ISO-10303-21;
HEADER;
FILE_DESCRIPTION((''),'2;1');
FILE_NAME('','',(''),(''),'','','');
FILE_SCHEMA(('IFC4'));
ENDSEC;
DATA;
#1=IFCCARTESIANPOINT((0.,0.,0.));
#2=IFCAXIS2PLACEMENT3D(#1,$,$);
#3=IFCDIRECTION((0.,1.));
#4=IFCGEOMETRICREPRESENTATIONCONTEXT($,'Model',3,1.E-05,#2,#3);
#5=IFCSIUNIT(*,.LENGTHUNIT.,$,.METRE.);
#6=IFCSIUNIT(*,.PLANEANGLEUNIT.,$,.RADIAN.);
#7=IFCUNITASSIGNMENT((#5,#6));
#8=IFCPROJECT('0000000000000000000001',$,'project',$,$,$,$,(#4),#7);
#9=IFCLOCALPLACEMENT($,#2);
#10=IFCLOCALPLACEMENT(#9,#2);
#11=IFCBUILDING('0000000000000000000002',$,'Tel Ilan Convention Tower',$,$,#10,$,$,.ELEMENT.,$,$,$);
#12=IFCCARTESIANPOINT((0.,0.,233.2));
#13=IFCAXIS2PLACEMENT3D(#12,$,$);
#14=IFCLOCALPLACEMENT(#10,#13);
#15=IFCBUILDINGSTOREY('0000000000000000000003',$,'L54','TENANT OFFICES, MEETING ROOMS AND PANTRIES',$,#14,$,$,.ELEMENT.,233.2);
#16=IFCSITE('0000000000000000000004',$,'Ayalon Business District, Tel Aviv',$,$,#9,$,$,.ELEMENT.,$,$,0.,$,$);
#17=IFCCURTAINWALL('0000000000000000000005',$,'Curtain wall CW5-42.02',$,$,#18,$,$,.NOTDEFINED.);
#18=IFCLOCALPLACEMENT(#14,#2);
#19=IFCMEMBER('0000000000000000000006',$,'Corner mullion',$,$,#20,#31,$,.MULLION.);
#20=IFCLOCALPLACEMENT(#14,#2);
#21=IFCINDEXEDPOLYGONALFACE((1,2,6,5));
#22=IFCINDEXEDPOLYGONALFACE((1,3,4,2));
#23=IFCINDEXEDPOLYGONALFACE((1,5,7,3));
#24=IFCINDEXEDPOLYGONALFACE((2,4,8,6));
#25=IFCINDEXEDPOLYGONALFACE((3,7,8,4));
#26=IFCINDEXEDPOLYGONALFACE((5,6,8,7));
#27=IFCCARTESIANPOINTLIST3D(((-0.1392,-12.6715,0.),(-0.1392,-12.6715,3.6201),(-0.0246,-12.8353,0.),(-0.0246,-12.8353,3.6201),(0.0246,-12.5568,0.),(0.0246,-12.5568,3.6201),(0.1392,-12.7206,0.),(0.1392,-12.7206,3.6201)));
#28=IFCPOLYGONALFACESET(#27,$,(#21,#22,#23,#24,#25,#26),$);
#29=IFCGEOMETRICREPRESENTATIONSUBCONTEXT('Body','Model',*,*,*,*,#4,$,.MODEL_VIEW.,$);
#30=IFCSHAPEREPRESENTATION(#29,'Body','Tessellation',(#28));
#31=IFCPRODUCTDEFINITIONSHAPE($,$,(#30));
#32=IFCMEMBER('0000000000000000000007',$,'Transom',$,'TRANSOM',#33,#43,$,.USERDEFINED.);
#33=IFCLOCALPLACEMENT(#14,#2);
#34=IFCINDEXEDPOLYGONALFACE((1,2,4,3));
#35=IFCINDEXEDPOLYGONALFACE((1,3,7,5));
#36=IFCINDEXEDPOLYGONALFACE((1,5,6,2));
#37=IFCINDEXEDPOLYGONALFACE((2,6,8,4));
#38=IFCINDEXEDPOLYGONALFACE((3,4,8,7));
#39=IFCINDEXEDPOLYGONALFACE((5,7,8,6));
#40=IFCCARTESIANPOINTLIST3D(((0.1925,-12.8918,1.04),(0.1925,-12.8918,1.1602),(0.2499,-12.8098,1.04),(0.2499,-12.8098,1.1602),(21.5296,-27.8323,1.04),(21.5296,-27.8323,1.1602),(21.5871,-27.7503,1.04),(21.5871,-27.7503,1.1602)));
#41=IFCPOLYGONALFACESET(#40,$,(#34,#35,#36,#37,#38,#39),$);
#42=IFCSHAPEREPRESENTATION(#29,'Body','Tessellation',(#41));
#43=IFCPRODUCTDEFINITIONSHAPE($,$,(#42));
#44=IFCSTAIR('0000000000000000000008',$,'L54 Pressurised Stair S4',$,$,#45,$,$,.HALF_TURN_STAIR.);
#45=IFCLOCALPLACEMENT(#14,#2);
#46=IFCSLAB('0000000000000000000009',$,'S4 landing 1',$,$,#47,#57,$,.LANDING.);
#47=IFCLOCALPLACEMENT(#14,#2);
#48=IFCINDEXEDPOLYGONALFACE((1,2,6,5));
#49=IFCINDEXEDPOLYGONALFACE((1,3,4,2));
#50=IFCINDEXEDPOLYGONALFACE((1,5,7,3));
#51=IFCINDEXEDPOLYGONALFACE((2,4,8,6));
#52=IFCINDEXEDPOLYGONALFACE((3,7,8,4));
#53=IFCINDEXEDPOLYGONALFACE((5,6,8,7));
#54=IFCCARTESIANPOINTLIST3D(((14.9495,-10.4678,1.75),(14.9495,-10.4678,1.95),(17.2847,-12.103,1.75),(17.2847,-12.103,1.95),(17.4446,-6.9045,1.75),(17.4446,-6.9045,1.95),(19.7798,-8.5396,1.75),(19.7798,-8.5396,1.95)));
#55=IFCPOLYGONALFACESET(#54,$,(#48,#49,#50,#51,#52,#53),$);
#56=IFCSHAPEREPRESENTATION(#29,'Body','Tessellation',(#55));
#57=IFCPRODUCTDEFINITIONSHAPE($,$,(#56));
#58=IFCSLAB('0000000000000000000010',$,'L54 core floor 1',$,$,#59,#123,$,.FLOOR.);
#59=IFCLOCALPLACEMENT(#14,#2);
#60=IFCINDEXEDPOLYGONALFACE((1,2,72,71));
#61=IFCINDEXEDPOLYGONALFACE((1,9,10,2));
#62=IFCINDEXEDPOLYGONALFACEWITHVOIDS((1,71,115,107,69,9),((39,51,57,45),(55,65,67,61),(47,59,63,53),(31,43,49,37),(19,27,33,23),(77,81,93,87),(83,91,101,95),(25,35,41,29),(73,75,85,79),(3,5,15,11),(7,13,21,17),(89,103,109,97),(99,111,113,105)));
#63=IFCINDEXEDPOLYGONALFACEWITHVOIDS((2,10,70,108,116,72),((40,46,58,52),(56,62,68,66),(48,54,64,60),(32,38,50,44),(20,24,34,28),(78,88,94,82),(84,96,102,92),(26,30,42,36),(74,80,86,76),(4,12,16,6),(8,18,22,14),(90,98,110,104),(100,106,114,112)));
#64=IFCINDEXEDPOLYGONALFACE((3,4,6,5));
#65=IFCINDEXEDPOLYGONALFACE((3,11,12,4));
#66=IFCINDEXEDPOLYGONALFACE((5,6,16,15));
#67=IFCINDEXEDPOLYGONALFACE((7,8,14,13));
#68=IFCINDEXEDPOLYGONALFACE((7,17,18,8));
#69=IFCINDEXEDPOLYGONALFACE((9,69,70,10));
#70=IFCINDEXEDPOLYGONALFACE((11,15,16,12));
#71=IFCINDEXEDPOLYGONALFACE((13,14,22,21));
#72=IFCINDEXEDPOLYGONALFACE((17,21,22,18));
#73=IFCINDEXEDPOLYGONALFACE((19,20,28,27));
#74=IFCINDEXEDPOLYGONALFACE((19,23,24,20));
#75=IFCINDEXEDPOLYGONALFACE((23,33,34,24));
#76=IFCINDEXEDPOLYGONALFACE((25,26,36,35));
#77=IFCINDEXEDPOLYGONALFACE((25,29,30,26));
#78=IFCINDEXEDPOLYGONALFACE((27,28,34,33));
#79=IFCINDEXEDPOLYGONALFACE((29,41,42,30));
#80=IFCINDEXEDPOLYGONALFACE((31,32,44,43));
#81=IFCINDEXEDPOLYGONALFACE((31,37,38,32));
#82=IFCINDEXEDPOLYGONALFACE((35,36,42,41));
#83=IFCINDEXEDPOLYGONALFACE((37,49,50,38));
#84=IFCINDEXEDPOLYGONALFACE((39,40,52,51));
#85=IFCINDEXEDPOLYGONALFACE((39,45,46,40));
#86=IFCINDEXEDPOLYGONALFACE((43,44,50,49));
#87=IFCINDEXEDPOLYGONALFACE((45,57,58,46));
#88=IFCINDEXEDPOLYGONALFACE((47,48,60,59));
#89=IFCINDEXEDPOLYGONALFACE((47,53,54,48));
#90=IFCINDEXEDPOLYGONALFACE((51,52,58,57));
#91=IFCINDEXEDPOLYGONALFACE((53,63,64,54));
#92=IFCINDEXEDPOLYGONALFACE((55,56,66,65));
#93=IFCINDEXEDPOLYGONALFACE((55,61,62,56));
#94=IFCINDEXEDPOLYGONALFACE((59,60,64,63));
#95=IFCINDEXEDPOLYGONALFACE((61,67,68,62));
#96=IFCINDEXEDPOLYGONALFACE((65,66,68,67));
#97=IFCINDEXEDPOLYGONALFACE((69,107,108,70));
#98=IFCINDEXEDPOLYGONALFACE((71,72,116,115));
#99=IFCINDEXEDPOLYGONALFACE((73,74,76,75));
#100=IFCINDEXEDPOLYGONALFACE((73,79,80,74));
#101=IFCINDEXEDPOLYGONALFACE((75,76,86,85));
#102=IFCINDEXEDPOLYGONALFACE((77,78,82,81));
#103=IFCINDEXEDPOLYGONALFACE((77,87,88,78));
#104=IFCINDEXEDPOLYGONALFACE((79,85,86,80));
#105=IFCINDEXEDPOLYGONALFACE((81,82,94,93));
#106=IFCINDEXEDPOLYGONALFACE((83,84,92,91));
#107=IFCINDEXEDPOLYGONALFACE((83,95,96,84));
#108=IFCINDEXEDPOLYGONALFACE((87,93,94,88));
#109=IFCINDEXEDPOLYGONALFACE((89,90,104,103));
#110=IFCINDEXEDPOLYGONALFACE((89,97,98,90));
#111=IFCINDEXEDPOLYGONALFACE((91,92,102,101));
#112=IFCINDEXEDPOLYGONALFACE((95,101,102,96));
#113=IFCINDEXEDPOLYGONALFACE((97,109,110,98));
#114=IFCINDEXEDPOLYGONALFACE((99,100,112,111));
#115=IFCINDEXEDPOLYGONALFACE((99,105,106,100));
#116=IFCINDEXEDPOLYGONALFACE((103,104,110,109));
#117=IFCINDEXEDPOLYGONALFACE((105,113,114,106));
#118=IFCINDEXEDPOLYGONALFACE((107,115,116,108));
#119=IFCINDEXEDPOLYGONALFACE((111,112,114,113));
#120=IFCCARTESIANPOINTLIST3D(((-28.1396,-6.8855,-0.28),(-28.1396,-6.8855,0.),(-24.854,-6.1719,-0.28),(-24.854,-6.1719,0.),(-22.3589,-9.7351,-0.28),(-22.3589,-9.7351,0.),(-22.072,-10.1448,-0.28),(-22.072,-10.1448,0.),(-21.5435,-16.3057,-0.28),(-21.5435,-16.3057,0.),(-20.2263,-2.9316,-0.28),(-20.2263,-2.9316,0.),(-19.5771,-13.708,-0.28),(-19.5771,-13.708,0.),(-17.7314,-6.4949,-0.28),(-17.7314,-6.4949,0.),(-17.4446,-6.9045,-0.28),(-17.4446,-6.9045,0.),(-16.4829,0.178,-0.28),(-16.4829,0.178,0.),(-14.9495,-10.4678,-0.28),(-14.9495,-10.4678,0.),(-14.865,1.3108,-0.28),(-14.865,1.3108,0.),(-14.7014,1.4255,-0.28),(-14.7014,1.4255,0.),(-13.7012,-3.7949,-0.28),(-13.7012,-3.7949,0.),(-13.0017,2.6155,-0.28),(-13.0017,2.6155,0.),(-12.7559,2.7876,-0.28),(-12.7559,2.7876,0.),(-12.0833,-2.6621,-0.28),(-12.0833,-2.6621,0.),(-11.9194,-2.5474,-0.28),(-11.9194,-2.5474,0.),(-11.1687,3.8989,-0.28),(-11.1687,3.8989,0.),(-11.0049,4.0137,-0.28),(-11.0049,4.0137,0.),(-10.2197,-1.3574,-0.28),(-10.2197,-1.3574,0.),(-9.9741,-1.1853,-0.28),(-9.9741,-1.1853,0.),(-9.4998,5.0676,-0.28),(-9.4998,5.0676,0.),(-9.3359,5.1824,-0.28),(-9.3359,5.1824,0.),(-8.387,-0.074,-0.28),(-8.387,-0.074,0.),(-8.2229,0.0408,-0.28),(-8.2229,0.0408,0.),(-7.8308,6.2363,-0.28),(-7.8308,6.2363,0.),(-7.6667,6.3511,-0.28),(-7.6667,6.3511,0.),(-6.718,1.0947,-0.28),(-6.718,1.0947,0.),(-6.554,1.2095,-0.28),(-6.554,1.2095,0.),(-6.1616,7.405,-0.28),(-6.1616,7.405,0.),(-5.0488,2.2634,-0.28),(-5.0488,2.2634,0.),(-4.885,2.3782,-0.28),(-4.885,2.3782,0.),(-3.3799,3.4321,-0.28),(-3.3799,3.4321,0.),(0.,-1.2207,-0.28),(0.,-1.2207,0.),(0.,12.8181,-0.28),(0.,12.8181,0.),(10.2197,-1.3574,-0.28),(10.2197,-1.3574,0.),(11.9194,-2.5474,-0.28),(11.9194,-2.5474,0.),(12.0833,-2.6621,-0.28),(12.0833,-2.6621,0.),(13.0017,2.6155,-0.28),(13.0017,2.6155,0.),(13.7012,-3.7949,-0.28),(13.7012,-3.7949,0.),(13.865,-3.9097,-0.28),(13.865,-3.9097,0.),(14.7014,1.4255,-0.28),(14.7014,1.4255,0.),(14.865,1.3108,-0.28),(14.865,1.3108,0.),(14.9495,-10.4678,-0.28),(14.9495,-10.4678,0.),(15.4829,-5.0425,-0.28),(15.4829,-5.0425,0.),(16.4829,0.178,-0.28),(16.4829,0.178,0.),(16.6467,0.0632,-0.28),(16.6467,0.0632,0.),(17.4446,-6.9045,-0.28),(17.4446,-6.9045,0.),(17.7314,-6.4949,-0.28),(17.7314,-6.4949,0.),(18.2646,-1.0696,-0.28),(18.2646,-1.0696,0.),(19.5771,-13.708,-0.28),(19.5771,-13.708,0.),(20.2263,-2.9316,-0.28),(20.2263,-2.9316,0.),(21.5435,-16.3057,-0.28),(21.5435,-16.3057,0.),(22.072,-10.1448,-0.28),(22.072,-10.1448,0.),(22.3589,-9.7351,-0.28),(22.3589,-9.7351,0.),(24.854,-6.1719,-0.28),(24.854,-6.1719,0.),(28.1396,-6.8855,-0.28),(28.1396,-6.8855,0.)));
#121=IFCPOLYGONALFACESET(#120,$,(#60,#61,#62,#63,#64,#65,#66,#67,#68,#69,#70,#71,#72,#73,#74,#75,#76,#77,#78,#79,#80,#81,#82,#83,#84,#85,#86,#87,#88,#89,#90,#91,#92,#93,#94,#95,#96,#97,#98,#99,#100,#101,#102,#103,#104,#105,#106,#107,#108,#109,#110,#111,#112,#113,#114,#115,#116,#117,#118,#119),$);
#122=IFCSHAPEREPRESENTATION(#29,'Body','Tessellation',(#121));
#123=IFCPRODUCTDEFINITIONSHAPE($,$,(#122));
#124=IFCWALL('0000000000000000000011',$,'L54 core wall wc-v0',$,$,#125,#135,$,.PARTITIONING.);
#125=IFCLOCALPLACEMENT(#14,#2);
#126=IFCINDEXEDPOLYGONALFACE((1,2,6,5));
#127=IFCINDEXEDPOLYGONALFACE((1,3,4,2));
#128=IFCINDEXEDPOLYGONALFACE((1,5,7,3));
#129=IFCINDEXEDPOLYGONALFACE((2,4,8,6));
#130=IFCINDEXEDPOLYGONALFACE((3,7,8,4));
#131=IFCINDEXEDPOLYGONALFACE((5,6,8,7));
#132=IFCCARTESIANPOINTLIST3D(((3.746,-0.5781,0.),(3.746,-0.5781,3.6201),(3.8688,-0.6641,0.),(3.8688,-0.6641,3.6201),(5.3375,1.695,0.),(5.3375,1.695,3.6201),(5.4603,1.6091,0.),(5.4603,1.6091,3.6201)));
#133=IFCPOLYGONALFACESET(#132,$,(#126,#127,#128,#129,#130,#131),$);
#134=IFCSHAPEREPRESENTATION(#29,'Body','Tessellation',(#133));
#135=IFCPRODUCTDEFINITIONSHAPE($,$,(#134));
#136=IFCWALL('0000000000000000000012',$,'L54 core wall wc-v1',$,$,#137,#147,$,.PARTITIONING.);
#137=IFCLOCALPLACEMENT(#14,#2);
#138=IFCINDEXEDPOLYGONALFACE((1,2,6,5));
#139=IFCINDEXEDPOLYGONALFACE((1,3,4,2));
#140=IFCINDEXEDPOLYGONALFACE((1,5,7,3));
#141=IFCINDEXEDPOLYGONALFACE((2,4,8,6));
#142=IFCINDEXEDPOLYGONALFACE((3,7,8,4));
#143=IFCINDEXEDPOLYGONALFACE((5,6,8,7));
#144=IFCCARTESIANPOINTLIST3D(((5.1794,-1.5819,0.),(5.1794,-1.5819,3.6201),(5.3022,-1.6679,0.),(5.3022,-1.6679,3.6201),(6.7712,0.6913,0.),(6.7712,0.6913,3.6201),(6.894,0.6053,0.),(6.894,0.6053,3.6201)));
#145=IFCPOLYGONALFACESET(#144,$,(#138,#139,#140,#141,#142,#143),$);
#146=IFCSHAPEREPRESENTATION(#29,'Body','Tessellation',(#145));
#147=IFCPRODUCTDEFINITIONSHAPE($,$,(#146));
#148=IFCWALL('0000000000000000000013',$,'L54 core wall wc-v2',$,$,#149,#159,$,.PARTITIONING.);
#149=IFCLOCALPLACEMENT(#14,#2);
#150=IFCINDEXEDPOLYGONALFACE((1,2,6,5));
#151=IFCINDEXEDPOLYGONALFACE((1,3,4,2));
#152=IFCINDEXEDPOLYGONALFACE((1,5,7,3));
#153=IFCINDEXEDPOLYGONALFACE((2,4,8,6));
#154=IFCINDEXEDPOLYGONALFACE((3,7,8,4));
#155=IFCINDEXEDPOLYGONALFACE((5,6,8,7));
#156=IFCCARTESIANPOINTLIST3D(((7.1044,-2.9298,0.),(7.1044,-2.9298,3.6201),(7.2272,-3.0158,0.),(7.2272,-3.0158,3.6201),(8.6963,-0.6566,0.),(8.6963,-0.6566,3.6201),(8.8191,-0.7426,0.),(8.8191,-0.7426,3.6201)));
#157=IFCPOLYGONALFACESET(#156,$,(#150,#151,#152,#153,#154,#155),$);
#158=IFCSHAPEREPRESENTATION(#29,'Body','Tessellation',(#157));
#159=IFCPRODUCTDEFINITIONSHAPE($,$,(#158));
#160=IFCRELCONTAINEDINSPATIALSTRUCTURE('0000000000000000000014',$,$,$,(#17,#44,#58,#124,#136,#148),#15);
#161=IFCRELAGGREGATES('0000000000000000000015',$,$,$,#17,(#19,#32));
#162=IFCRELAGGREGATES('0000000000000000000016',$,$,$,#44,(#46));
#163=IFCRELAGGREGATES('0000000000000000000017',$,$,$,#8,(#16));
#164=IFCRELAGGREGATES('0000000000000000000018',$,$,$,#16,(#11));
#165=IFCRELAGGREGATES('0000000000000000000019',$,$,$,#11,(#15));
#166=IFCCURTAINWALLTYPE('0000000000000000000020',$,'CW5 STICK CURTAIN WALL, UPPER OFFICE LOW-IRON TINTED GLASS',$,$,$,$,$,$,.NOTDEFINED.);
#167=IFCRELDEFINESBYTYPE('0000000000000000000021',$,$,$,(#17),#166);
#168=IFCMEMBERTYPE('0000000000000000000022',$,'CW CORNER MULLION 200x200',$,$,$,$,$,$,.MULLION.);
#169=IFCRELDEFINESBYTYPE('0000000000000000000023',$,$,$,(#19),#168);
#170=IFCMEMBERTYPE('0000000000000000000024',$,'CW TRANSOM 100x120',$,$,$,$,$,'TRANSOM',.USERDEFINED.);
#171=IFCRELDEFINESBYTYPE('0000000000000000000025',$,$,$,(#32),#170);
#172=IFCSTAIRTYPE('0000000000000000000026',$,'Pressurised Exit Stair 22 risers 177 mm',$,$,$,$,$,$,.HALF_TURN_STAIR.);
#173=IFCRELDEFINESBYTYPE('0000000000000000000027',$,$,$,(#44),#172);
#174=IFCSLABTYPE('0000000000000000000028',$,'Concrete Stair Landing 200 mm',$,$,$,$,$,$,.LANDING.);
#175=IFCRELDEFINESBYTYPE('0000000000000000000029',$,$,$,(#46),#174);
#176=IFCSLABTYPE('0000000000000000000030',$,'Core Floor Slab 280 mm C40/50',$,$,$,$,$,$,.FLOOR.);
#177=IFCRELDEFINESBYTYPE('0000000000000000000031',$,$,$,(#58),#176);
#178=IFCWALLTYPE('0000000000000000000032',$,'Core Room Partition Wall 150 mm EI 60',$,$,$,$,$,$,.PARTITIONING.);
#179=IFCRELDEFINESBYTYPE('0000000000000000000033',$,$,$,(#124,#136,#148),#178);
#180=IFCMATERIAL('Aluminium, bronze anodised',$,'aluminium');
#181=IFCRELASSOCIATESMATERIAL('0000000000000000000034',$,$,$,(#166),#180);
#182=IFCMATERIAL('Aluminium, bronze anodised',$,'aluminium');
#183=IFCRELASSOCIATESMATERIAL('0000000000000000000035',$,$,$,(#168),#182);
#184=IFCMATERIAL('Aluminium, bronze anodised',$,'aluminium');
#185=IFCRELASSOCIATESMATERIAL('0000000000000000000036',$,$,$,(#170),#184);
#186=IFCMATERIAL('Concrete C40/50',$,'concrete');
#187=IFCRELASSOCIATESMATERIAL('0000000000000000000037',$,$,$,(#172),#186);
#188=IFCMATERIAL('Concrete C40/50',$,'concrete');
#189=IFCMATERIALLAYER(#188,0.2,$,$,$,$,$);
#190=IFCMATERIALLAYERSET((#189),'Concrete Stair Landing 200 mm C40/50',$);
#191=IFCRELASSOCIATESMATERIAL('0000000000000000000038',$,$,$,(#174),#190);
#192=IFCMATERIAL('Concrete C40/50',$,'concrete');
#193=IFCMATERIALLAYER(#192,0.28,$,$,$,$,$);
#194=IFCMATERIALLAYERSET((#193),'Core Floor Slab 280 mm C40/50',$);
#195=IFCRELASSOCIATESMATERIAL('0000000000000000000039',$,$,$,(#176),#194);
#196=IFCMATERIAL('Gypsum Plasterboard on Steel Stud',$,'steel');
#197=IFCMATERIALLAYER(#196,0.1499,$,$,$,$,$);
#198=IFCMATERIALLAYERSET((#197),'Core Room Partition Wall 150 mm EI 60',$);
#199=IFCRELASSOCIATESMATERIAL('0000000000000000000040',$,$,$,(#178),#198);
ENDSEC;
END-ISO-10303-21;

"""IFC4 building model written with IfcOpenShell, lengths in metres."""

from ifc_helpers import new_model, si_unit, direction, frame, frame_2d, origin, origin_2d, place, context, subcontext, project, spatial, polyline, rectangle, outline, extrude, material, layer, layer_set, material_profile, profile_set, type_object, element, aggregate, save


model = new_model("IFC4")

# Units and contexts
model_context = context("Model", 3, precision=1e-05, world=origin(), true_north=direction((0.0, 1.0)))
body_context = subcontext(model_context, "Body", "Model", "MODEL_VIEW")
ifc_project = project(units=[si_unit("LENGTHUNIT", "METRE"), si_unit("PLANEANGLEUNIT", "RADIAN")], contexts=[model_context])

# Site, building, storey
site_placement = place(None, origin())
site = spatial("IfcSite", under=ifc_project, at=site_placement, Name="Ayalon Business District, Tel Aviv", CompositionType="ELEMENT", RefElevation=0.0)
building_placement = place(site_placement, origin())
building = spatial("IfcBuilding", under=site, at=building_placement, Name="Tel Ilan Convention Tower", CompositionType="ELEMENT")
storey_placement = place(building_placement, frame((0.0, 0.0, 233.2)))
storey = spatial("IfcBuildingStorey", under=building, at=storey_placement, Name="L54", Description="TENANT OFFICES, MEETING ROOMS AND PANTRIES", CompositionType="ELEMENT", Elevation=233.2)

# Curtain wall, members
ifc_material_1 = material(Name="Aluminium, bronze anodised", Category="aluminium")
curtain_wall_type = type_object("IfcCurtainWallType", Name="CW5 STICK CURTAIN WALL, UPPER OFFICE LOW-IRON TINTED GLASS", PredefinedType="NOTDEFINED", material=ifc_material_1)
curtain_wall_placement = place(storey_placement, origin())
curtain_wall = element("IfcCurtainWall", 1, at=curtain_wall_placement, inside=storey, type_object=curtain_wall_type, Name="Curtain wall CW5-42.02", PredefinedType="NOTDEFINED")
ifc_material_2 = material(Name="Aluminium, bronze anodised", Category="aluminium")
ifc_material_profile_1 = material_profile(ifc_material_2, rectangle(XDim=0.2, YDim=0.2, at=origin_2d()), Name="CW CORNER MULLION 200x200")
ifc_profile_set_1 = profile_set([ifc_material_profile_1], Name="Aluminium, bronze anodised")
member_type_1 = type_object("IfcMemberType", Name="CW CORNER MULLION 200x200", PredefinedType="MULLION", material=ifc_profile_set_1)
member_1_placement = place(storey_placement, frame((0.0, -12.696, 0.0), z_axis=(0.0, 0.0, 1.0), x_axis=(0.819152, 0.573576, 0.0)))
member_1 = element("IfcMember", 2, at=member_1_placement, type_object=member_type_1, Name="Corner mullion", PredefinedType="MULLION", context=body_context, shape_type="SweptSolid", body=[
    extrude(rectangle(XDim=0.2, YDim=0.2, at=origin_2d()), origin(), (0.0, 0.0, 1.0), 3.6201),
])
ifc_material_3 = material(Name="Aluminium, bronze anodised", Category="aluminium")
ifc_material_profile_2 = material_profile(ifc_material_3, rectangle(XDim=0.1001, YDim=0.1201, at=origin_2d()), Name="CW TRANSOM 100x120")
ifc_profile_set_2 = profile_set([ifc_material_profile_2], Name="Aluminium, bronze anodised")
member_type_2 = type_object("IfcMemberType", Name="CW TRANSOM 100x120", ElementType="TRANSOM", PredefinedType="USERDEFINED", material=ifc_profile_set_2)
member_2_placement = place(storey_placement, frame((0.2212, -12.8508, 1.1001), z_axis=(0.819152, -0.573576, 0.0), x_axis=(0.573576, 0.819152, 0.0)))
member_2 = element("IfcMember", 3, at=member_2_placement, type_object=member_type_2, Name="Transom", ObjectType="TRANSOM", PredefinedType="USERDEFINED", context=body_context, shape_type="SweptSolid", body=[
    extrude(rectangle(XDim=0.1001, YDim=0.1201, at=origin_2d()), origin(), (0.0, 0.0, 1.0), 26.0479),
])
aggregate(curtain_wall, [member_1, member_2])

# Stair, slab
ifc_material_4 = material(Name="Concrete C40/50", Category="concrete")
stair_type = type_object("IfcStairType", Name="Pressurised Exit Stair 22 risers 177 mm", PredefinedType="HALF_TURN_STAIR", material=ifc_material_4)
stair_placement = place(storey_placement, origin())
stair = element("IfcStair", 4, at=stair_placement, inside=storey, type_object=stair_type, Name="L54 Pressurised Stair S4", PredefinedType="HALF_TURN_STAIR")
ifc_material_5 = material(Name="Concrete C40/50", Category="concrete")
ifc_layer_1 = layer(ifc_material_5, 0.2)
ifc_layer_set_1 = layer_set([ifc_layer_1], Name="Concrete Stair Landing 200 mm C40/50")
slab_type_1 = type_object("IfcSlabType", Name="Concrete Stair Landing 200 mm", PredefinedType="LANDING", material=ifc_layer_set_1)
slab_1_placement = place(storey_placement, frame((0.0, 0.0, 1.75)))
slab_1 = element("IfcSlab", 5, at=slab_1_placement, type_object=slab_type_1, Name="S4 landing 1", PredefinedType="LANDING", context=body_context, shape_type="SweptSolid", body=[
    extrude(outline(polyline([(19.7798, -8.5396), (17.4446, -6.9045), (14.9495, -10.4678), (17.2847, -12.103), (19.7798, -8.5396)])), origin(), (0.0, 0.0, 1.0), 0.2),
])
aggregate(stair, [slab_1])

# Slab
ifc_material_6 = material(Name="Concrete C40/50", Category="concrete")
ifc_layer_2 = layer(ifc_material_6, 0.28)
ifc_layer_set_2 = layer_set([ifc_layer_2], Name="Core Floor Slab 280 mm C40/50")
slab_type_2 = type_object("IfcSlabType", Name="Core Floor Slab 280 mm C40/50", PredefinedType="FLOOR", material=ifc_layer_set_2)
slab_2_placement = place(storey_placement, frame((0.0, 0.0, -0.28)))
element("IfcSlab", 6, at=slab_2_placement, inside=storey, type_object=slab_type_2, Name="L54 core floor 1", PredefinedType="FLOOR", context=body_context, shape_type="SweptSolid", body=[
    extrude(outline(polyline([(-28.1396, -6.8855), (0.0, 12.8181), (28.1396, -6.8855), (21.5435, -16.3057), (0.0, -1.2207), (-21.5435, -16.3057), (-28.1396, -6.8855)]), holes=[polyline([(-17.4446, -6.9045), (-22.072, -10.1448), (-19.5771, -13.708), (-14.9495, -10.4678), (-17.4446, -6.9045)]), polyline([(-17.7314, -6.4949), (-20.2263, -2.9316), (-24.854, -6.1719), (-22.3589, -9.7351), (-17.7314, -6.4949)]), polyline([(-14.865, 1.3108), (-16.4829, 0.178), (-13.7012, -3.7949), (-12.0833, -2.6621), (-14.865, 1.3108)]), polyline([(-14.7014, 1.4255), (-11.9194, -2.5474), (-10.2197, -1.3574), (-13.0017, 2.6155), (-14.7014, 1.4255)]), polyline([(-11.1687, 3.8989), (-12.7559, 2.7876), (-9.9741, -1.1853), (-8.387, -0.074), (-11.1687, 3.8989)]), polyline([(-9.4998, 5.0676), (-11.0049, 4.0137), (-8.2229, 0.0408), (-6.718, 1.0947), (-9.4998, 5.0676)]), polyline([(-9.3359, 5.1824), (-6.554, 1.2095), (-5.0488, 2.2634), (-7.8308, 6.2363), (-9.3359, 5.1824)]), polyline([(17.4446, -6.9045), (14.9495, -10.4678), (19.5771, -13.708), (22.072, -10.1448), (17.4446, -6.9045)]), polyline([(20.2263, -2.9316), (17.7314, -6.4949), (22.3589, -9.7351), (24.854, -6.1719), (20.2263, -2.9316)]), polyline([(15.4829, -5.0425), (18.2646, -1.0696), (16.6467, 0.0632), (13.865, -3.9097), (15.4829, -5.0425)]), polyline([(13.7012, -3.7949), (16.4829, 0.178), (14.865, 1.3108), (12.0833, -2.6621), (13.7012, -3.7949)]), polyline([(11.9194, -2.5474), (14.7014, 1.4255), (13.0017, 2.6155), (10.2197, -1.3574), (11.9194, -2.5474)]), polyline([(-6.1616, 7.405), (-7.6667, 6.3511), (-4.885, 2.3782), (-3.3799, 3.4321), (-6.1616, 7.405)])]), origin(), (0.0, 0.0, 1.0), 0.28),
])

# Walls
ifc_material_7 = material(Name="Gypsum Plasterboard on Steel Stud", Category="steel")
ifc_layer_3 = layer(ifc_material_7, 0.1499)
ifc_layer_set_3 = layer_set([ifc_layer_3], Name="Core Room Partition Wall 150 mm EI 60")
wall_type_1 = type_object("IfcWallType", Name="Core Room Partition Wall 150 mm EI 60", PredefinedType="PARTITIONING", material=ifc_layer_set_3)
wall_1_placement = place(storey_placement, frame((3.8074, -0.6211, 0.0), z_axis=(0.0, 0.0, 1.0), x_axis=(0.573539, 0.819178, 0.0)))
element("IfcWall", 7, at=wall_1_placement, inside=storey, type_object=wall_type_1, Name="L54 core wall wc-v0", PredefinedType="PARTITIONING", context=body_context, shape_type="SweptSolid", body=[
    extrude(rectangle(XDim=2.7749, YDim=0.1499, at=frame_2d((1.3875, 0.0))), origin(), (0.0, 0.0, 1.0), 3.6201),
])
for number, where, z_axis, x_axis, name in (
    (8, (5.2407, -1.625, 0.0), (0.0, 0.0, 1.0), (0.573598, 0.819137, 0.0), "L54 core wall wc-v1"),
    (9, (7.1658, -2.9729, 0.0), (0.0, 0.0, 1.0), (0.573598, 0.819137, 0.0), "L54 core wall wc-v2"),
):
    element("IfcWall", number, at=place(storey_placement, frame(where, z_axis=z_axis, x_axis=x_axis)), inside=storey, type_object=wall_type_1, Name=name, PredefinedType="PARTITIONING", context=body_context, shape_type="SweptSolid", body=[
        extrude(rectangle(XDim=2.7751, YDim=0.1499, at=frame_2d((1.3877, 0.0))), origin(), (0.0, 0.0, 1.0), 3.6201),
    ])

save(model, "model.ifc")
